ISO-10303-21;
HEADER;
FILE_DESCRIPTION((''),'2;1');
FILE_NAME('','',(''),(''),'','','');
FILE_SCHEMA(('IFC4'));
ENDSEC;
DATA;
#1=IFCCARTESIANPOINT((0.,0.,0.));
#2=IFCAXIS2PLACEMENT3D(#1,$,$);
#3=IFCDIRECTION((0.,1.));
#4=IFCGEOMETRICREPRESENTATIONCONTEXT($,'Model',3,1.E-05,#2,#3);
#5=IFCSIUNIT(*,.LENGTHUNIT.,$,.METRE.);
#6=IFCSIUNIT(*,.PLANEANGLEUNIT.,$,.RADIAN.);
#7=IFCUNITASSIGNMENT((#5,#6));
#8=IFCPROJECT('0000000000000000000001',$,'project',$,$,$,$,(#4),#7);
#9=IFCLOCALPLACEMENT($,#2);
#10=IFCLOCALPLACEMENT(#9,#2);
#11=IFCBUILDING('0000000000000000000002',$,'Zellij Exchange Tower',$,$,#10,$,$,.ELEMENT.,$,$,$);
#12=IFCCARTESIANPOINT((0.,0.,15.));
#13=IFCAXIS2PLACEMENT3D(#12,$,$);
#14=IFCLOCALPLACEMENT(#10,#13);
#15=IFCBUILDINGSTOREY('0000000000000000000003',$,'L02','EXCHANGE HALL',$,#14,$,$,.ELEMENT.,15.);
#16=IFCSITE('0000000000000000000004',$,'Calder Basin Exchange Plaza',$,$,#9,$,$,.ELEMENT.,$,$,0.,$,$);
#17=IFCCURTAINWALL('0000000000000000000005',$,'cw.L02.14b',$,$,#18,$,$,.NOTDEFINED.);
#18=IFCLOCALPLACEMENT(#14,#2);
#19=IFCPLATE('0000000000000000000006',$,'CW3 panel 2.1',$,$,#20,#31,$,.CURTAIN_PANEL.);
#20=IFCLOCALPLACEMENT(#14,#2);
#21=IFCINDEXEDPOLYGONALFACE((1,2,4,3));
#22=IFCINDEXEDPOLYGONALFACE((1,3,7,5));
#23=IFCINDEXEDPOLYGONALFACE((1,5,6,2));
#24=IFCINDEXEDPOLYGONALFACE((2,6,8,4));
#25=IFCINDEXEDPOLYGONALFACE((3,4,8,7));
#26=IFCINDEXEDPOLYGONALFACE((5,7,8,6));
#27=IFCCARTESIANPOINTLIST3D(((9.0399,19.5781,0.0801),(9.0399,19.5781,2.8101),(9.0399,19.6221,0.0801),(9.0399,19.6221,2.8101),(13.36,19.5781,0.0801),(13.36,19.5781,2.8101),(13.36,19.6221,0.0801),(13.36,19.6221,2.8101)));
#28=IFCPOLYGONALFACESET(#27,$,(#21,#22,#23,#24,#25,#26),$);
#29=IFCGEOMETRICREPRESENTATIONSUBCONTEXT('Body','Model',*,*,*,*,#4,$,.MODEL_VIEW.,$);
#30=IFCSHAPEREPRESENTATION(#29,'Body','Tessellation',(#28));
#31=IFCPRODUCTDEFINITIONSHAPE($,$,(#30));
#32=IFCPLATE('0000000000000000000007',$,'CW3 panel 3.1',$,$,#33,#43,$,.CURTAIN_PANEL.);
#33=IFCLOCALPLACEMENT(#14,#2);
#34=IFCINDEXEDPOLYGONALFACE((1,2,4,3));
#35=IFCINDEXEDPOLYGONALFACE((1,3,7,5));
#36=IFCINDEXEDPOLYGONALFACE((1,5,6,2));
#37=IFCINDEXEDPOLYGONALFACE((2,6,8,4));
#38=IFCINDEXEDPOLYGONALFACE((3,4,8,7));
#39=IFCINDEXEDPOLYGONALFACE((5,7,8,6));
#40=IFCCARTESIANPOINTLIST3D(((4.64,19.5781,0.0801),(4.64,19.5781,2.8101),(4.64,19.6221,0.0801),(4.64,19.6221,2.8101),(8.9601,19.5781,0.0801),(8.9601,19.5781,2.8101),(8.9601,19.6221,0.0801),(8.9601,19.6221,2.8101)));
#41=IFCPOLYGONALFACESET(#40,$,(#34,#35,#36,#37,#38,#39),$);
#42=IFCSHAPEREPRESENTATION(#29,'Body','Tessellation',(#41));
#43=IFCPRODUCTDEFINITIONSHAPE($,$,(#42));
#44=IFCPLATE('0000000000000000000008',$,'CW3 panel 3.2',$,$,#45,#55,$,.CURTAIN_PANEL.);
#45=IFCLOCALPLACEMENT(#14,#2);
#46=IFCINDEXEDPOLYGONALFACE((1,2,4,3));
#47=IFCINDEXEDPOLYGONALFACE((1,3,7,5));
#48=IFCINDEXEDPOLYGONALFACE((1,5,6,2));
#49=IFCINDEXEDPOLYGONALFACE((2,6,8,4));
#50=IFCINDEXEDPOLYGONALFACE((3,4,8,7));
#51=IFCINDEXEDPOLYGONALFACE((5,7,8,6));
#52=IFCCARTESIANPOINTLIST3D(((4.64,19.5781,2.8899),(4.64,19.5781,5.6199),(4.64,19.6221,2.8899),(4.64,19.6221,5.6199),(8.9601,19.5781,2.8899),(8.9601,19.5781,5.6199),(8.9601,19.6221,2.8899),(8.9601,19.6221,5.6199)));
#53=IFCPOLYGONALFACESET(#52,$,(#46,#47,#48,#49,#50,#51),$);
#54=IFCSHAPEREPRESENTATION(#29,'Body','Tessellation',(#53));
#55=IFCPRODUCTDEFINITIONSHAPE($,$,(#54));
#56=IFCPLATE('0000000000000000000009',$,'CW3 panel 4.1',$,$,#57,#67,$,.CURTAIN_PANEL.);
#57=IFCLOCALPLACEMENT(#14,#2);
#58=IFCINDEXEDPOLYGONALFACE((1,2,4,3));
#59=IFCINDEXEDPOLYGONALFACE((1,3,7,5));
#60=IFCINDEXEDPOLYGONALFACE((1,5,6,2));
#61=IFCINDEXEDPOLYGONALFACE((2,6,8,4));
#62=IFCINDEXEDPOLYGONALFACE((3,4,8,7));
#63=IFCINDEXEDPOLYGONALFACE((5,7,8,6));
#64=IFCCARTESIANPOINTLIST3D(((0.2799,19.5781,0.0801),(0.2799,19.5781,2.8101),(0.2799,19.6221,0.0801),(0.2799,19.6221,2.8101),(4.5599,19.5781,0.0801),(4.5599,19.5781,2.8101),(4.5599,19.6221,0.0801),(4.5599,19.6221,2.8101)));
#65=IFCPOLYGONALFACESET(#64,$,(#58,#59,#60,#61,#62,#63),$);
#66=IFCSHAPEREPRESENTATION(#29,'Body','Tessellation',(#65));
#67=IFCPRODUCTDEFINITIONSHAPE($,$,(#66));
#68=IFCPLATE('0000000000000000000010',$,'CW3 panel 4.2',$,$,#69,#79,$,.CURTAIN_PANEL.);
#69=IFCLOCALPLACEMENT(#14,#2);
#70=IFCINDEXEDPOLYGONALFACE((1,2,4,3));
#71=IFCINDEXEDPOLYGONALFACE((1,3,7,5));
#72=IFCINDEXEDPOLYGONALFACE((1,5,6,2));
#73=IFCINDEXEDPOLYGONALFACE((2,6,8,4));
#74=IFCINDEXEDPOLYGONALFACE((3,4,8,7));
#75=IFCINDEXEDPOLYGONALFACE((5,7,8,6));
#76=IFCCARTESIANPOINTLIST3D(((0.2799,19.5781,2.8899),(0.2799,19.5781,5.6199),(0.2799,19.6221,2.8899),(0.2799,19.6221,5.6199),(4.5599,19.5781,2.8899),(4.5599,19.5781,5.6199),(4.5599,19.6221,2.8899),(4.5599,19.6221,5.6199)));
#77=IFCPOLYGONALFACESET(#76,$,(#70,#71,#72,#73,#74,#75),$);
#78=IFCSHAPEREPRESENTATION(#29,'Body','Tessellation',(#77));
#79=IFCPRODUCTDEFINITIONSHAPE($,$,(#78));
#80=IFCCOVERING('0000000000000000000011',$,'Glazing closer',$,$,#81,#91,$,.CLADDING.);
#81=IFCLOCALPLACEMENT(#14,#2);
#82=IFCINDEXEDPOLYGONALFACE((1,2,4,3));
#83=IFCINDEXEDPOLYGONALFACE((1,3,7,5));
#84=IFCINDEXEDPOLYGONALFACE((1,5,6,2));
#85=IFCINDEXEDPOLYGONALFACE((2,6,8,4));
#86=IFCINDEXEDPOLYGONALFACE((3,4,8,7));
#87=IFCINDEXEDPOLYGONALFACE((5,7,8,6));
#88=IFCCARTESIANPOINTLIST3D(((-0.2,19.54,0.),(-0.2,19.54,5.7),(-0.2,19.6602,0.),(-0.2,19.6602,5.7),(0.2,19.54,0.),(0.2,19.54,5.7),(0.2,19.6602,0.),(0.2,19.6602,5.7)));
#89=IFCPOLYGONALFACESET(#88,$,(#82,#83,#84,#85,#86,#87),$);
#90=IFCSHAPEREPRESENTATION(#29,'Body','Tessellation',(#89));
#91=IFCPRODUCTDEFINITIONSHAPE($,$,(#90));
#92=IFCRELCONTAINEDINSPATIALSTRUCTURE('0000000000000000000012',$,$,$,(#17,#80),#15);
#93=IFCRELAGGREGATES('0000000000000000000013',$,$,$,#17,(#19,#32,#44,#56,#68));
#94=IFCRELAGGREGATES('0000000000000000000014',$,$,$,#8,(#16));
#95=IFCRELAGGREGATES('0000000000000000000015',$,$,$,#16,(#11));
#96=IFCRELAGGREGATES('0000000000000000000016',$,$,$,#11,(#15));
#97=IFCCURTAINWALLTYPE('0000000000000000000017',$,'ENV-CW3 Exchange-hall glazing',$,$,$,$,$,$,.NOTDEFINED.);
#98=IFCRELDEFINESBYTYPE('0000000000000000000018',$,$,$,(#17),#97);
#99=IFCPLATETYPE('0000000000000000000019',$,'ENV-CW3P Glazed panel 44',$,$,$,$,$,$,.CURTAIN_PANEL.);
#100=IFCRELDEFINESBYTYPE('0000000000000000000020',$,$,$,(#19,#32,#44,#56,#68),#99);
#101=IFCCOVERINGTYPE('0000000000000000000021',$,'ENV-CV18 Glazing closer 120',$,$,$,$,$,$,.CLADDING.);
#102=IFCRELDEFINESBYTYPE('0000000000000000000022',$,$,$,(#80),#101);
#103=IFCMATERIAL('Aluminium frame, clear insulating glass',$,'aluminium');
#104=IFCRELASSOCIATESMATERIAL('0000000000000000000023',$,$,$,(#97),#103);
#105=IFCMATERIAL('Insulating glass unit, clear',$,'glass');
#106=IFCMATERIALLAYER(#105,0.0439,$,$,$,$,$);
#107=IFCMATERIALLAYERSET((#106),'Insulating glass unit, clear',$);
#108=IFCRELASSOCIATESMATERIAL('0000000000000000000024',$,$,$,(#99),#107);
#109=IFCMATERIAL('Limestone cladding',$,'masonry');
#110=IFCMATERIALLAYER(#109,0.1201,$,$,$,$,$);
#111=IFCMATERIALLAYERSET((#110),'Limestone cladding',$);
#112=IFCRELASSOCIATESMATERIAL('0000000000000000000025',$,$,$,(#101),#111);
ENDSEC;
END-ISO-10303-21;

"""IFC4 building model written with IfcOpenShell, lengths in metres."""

from ifc_helpers import new_model, si_unit, direction, frame, origin, origin_2d, place, context, subcontext, project, spatial, rectangle, extrude, material, layer, layer_set, type_object, element, aggregate, save


model = new_model("IFC4")

# Units and contexts
model_context = context("Model", 3, precision=1e-05, world=origin(), true_north=direction((0.0, 1.0)))
body_context = subcontext(model_context, "Body", "Model", "MODEL_VIEW")
ifc_project = project(units=[si_unit("LENGTHUNIT", "METRE"), si_unit("PLANEANGLEUNIT", "RADIAN")], contexts=[model_context])

# Site, building, storey
site_placement = place(None, origin())
site = spatial("IfcSite", under=ifc_project, at=site_placement, Name="Calder Basin Exchange Plaza", CompositionType="ELEMENT", RefElevation=0.0)
building_placement = place(site_placement, origin())
building = spatial("IfcBuilding", under=site, at=building_placement, Name="Zellij Exchange Tower", CompositionType="ELEMENT")
storey_placement = place(building_placement, frame((0.0, 0.0, 15.0)))
storey = spatial("IfcBuildingStorey", under=building, at=storey_placement, Name="L02", Description="EXCHANGE HALL", CompositionType="ELEMENT", Elevation=15.0)

# Curtain wall
ifc_material_1 = material(Name="Aluminium frame, clear insulating glass", Category="aluminium")
curtain_wall_type = type_object("IfcCurtainWallType", Name="ENV-CW3 Exchange-hall glazing", PredefinedType="NOTDEFINED", material=ifc_material_1)
curtain_wall_placement = place(storey_placement, origin())
curtain_wall = element("IfcCurtainWall", 1, at=curtain_wall_placement, inside=storey, type_object=curtain_wall_type, Name="cw.L02.14b", PredefinedType="NOTDEFINED")

# Plates
ifc_material_2 = material(Name="Insulating glass unit, clear", Category="glass")
ifc_layer_1 = layer(ifc_material_2, 0.0439)
ifc_layer_set_1 = layer_set([ifc_layer_1], Name="Insulating glass unit, clear")
plate_type = type_object("IfcPlateType", Name="ENV-CW3P Glazed panel 44", PredefinedType="CURTAIN_PANEL", material=ifc_layer_set_1)
plate_1_placement = place(storey_placement, frame((11.2, 19.6001, 0.0801), z_axis=(0.0, 0.0, 1.0), x_axis=(-1.0, 0.0, 0.0)))
plate_1 = element("IfcPlate", 2, at=plate_1_placement, type_object=plate_type, Name="CW3 panel 2.1", PredefinedType="CURTAIN_PANEL", context=body_context, shape_type="SweptSolid", body=[
    extrude(rectangle(XDim=4.3201, YDim=0.0439, at=origin_2d()), origin(), (0.0, 0.0, 1.0), 2.73),
])
plate_2_placement = place(storey_placement, frame((6.8, 19.6001, 0.0801), z_axis=(0.0, 0.0, 1.0), x_axis=(-1.0, 0.0, 0.0)))
plate_2 = element("IfcPlate", 3, at=plate_2_placement, type_object=plate_type, Name="CW3 panel 3.1", PredefinedType="CURTAIN_PANEL", context=body_context, shape_type="SweptSolid", body=[
    extrude(rectangle(XDim=4.3201, YDim=0.0439, at=origin_2d()), origin(), (0.0, 0.0, 1.0), 2.73),
])
plate_3_placement = place(storey_placement, frame((6.8, 19.6001, 2.8899), z_axis=(0.0, 0.0, 1.0), x_axis=(-1.0, 0.0, 0.0)))
plate_3 = element("IfcPlate", 4, at=plate_3_placement, type_object=plate_type, Name="CW3 panel 3.2", PredefinedType="CURTAIN_PANEL", context=body_context, shape_type="SweptSolid", body=[
    extrude(rectangle(XDim=4.3201, YDim=0.0439, at=origin_2d()), origin(), (0.0, 0.0, 1.0), 2.73),
])
plate_4_placement = place(storey_placement, frame((2.4199, 19.6001, 0.0801), z_axis=(0.0, 0.0, 1.0), x_axis=(-1.0, 0.0, 0.0)))
plate_4 = element("IfcPlate", 5, at=plate_4_placement, type_object=plate_type, Name="CW3 panel 4.1", PredefinedType="CURTAIN_PANEL", context=body_context, shape_type="SweptSolid", body=[
    extrude(rectangle(XDim=4.28, YDim=0.0439, at=origin_2d()), origin(), (0.0, 0.0, 1.0), 2.73),
])
plate_5_placement = place(storey_placement, frame((2.4199, 19.6001, 2.8899), z_axis=(0.0, 0.0, 1.0), x_axis=(-1.0, 0.0, 0.0)))
plate_5 = element("IfcPlate", 6, at=plate_5_placement, type_object=plate_type, Name="CW3 panel 4.2", PredefinedType="CURTAIN_PANEL", context=body_context, shape_type="SweptSolid", body=[
    extrude(rectangle(XDim=4.28, YDim=0.0439, at=origin_2d()), origin(), (0.0, 0.0, 1.0), 2.73),
])
aggregate(curtain_wall, [plate_1, plate_2, plate_3, plate_4, plate_5])

# Covering
ifc_material_3 = material(Name="Limestone cladding", Category="masonry")
ifc_layer_2 = layer(ifc_material_3, 0.1201)
ifc_layer_set_2 = layer_set([ifc_layer_2], Name="Limestone cladding")
covering_type = type_object("IfcCoveringType", Name="ENV-CV18 Glazing closer 120", PredefinedType="CLADDING", material=ifc_layer_set_2)
covering_placement = place(storey_placement, frame((0.0, 19.6001, 0.0), z_axis=(0.0, 0.0, 1.0), x_axis=(-1.0, 0.0, 0.0)))
element("IfcCovering", 7, at=covering_placement, inside=storey, type_object=covering_type, Name="Glazing closer", PredefinedType="CLADDING", context=body_context, shape_type="SweptSolid", body=[
    extrude(rectangle(XDim=0.3999, YDim=0.1201, at=origin_2d()), origin(), (0.0, 0.0, 1.0), 5.7),
])

save(model, "model.ifc")
